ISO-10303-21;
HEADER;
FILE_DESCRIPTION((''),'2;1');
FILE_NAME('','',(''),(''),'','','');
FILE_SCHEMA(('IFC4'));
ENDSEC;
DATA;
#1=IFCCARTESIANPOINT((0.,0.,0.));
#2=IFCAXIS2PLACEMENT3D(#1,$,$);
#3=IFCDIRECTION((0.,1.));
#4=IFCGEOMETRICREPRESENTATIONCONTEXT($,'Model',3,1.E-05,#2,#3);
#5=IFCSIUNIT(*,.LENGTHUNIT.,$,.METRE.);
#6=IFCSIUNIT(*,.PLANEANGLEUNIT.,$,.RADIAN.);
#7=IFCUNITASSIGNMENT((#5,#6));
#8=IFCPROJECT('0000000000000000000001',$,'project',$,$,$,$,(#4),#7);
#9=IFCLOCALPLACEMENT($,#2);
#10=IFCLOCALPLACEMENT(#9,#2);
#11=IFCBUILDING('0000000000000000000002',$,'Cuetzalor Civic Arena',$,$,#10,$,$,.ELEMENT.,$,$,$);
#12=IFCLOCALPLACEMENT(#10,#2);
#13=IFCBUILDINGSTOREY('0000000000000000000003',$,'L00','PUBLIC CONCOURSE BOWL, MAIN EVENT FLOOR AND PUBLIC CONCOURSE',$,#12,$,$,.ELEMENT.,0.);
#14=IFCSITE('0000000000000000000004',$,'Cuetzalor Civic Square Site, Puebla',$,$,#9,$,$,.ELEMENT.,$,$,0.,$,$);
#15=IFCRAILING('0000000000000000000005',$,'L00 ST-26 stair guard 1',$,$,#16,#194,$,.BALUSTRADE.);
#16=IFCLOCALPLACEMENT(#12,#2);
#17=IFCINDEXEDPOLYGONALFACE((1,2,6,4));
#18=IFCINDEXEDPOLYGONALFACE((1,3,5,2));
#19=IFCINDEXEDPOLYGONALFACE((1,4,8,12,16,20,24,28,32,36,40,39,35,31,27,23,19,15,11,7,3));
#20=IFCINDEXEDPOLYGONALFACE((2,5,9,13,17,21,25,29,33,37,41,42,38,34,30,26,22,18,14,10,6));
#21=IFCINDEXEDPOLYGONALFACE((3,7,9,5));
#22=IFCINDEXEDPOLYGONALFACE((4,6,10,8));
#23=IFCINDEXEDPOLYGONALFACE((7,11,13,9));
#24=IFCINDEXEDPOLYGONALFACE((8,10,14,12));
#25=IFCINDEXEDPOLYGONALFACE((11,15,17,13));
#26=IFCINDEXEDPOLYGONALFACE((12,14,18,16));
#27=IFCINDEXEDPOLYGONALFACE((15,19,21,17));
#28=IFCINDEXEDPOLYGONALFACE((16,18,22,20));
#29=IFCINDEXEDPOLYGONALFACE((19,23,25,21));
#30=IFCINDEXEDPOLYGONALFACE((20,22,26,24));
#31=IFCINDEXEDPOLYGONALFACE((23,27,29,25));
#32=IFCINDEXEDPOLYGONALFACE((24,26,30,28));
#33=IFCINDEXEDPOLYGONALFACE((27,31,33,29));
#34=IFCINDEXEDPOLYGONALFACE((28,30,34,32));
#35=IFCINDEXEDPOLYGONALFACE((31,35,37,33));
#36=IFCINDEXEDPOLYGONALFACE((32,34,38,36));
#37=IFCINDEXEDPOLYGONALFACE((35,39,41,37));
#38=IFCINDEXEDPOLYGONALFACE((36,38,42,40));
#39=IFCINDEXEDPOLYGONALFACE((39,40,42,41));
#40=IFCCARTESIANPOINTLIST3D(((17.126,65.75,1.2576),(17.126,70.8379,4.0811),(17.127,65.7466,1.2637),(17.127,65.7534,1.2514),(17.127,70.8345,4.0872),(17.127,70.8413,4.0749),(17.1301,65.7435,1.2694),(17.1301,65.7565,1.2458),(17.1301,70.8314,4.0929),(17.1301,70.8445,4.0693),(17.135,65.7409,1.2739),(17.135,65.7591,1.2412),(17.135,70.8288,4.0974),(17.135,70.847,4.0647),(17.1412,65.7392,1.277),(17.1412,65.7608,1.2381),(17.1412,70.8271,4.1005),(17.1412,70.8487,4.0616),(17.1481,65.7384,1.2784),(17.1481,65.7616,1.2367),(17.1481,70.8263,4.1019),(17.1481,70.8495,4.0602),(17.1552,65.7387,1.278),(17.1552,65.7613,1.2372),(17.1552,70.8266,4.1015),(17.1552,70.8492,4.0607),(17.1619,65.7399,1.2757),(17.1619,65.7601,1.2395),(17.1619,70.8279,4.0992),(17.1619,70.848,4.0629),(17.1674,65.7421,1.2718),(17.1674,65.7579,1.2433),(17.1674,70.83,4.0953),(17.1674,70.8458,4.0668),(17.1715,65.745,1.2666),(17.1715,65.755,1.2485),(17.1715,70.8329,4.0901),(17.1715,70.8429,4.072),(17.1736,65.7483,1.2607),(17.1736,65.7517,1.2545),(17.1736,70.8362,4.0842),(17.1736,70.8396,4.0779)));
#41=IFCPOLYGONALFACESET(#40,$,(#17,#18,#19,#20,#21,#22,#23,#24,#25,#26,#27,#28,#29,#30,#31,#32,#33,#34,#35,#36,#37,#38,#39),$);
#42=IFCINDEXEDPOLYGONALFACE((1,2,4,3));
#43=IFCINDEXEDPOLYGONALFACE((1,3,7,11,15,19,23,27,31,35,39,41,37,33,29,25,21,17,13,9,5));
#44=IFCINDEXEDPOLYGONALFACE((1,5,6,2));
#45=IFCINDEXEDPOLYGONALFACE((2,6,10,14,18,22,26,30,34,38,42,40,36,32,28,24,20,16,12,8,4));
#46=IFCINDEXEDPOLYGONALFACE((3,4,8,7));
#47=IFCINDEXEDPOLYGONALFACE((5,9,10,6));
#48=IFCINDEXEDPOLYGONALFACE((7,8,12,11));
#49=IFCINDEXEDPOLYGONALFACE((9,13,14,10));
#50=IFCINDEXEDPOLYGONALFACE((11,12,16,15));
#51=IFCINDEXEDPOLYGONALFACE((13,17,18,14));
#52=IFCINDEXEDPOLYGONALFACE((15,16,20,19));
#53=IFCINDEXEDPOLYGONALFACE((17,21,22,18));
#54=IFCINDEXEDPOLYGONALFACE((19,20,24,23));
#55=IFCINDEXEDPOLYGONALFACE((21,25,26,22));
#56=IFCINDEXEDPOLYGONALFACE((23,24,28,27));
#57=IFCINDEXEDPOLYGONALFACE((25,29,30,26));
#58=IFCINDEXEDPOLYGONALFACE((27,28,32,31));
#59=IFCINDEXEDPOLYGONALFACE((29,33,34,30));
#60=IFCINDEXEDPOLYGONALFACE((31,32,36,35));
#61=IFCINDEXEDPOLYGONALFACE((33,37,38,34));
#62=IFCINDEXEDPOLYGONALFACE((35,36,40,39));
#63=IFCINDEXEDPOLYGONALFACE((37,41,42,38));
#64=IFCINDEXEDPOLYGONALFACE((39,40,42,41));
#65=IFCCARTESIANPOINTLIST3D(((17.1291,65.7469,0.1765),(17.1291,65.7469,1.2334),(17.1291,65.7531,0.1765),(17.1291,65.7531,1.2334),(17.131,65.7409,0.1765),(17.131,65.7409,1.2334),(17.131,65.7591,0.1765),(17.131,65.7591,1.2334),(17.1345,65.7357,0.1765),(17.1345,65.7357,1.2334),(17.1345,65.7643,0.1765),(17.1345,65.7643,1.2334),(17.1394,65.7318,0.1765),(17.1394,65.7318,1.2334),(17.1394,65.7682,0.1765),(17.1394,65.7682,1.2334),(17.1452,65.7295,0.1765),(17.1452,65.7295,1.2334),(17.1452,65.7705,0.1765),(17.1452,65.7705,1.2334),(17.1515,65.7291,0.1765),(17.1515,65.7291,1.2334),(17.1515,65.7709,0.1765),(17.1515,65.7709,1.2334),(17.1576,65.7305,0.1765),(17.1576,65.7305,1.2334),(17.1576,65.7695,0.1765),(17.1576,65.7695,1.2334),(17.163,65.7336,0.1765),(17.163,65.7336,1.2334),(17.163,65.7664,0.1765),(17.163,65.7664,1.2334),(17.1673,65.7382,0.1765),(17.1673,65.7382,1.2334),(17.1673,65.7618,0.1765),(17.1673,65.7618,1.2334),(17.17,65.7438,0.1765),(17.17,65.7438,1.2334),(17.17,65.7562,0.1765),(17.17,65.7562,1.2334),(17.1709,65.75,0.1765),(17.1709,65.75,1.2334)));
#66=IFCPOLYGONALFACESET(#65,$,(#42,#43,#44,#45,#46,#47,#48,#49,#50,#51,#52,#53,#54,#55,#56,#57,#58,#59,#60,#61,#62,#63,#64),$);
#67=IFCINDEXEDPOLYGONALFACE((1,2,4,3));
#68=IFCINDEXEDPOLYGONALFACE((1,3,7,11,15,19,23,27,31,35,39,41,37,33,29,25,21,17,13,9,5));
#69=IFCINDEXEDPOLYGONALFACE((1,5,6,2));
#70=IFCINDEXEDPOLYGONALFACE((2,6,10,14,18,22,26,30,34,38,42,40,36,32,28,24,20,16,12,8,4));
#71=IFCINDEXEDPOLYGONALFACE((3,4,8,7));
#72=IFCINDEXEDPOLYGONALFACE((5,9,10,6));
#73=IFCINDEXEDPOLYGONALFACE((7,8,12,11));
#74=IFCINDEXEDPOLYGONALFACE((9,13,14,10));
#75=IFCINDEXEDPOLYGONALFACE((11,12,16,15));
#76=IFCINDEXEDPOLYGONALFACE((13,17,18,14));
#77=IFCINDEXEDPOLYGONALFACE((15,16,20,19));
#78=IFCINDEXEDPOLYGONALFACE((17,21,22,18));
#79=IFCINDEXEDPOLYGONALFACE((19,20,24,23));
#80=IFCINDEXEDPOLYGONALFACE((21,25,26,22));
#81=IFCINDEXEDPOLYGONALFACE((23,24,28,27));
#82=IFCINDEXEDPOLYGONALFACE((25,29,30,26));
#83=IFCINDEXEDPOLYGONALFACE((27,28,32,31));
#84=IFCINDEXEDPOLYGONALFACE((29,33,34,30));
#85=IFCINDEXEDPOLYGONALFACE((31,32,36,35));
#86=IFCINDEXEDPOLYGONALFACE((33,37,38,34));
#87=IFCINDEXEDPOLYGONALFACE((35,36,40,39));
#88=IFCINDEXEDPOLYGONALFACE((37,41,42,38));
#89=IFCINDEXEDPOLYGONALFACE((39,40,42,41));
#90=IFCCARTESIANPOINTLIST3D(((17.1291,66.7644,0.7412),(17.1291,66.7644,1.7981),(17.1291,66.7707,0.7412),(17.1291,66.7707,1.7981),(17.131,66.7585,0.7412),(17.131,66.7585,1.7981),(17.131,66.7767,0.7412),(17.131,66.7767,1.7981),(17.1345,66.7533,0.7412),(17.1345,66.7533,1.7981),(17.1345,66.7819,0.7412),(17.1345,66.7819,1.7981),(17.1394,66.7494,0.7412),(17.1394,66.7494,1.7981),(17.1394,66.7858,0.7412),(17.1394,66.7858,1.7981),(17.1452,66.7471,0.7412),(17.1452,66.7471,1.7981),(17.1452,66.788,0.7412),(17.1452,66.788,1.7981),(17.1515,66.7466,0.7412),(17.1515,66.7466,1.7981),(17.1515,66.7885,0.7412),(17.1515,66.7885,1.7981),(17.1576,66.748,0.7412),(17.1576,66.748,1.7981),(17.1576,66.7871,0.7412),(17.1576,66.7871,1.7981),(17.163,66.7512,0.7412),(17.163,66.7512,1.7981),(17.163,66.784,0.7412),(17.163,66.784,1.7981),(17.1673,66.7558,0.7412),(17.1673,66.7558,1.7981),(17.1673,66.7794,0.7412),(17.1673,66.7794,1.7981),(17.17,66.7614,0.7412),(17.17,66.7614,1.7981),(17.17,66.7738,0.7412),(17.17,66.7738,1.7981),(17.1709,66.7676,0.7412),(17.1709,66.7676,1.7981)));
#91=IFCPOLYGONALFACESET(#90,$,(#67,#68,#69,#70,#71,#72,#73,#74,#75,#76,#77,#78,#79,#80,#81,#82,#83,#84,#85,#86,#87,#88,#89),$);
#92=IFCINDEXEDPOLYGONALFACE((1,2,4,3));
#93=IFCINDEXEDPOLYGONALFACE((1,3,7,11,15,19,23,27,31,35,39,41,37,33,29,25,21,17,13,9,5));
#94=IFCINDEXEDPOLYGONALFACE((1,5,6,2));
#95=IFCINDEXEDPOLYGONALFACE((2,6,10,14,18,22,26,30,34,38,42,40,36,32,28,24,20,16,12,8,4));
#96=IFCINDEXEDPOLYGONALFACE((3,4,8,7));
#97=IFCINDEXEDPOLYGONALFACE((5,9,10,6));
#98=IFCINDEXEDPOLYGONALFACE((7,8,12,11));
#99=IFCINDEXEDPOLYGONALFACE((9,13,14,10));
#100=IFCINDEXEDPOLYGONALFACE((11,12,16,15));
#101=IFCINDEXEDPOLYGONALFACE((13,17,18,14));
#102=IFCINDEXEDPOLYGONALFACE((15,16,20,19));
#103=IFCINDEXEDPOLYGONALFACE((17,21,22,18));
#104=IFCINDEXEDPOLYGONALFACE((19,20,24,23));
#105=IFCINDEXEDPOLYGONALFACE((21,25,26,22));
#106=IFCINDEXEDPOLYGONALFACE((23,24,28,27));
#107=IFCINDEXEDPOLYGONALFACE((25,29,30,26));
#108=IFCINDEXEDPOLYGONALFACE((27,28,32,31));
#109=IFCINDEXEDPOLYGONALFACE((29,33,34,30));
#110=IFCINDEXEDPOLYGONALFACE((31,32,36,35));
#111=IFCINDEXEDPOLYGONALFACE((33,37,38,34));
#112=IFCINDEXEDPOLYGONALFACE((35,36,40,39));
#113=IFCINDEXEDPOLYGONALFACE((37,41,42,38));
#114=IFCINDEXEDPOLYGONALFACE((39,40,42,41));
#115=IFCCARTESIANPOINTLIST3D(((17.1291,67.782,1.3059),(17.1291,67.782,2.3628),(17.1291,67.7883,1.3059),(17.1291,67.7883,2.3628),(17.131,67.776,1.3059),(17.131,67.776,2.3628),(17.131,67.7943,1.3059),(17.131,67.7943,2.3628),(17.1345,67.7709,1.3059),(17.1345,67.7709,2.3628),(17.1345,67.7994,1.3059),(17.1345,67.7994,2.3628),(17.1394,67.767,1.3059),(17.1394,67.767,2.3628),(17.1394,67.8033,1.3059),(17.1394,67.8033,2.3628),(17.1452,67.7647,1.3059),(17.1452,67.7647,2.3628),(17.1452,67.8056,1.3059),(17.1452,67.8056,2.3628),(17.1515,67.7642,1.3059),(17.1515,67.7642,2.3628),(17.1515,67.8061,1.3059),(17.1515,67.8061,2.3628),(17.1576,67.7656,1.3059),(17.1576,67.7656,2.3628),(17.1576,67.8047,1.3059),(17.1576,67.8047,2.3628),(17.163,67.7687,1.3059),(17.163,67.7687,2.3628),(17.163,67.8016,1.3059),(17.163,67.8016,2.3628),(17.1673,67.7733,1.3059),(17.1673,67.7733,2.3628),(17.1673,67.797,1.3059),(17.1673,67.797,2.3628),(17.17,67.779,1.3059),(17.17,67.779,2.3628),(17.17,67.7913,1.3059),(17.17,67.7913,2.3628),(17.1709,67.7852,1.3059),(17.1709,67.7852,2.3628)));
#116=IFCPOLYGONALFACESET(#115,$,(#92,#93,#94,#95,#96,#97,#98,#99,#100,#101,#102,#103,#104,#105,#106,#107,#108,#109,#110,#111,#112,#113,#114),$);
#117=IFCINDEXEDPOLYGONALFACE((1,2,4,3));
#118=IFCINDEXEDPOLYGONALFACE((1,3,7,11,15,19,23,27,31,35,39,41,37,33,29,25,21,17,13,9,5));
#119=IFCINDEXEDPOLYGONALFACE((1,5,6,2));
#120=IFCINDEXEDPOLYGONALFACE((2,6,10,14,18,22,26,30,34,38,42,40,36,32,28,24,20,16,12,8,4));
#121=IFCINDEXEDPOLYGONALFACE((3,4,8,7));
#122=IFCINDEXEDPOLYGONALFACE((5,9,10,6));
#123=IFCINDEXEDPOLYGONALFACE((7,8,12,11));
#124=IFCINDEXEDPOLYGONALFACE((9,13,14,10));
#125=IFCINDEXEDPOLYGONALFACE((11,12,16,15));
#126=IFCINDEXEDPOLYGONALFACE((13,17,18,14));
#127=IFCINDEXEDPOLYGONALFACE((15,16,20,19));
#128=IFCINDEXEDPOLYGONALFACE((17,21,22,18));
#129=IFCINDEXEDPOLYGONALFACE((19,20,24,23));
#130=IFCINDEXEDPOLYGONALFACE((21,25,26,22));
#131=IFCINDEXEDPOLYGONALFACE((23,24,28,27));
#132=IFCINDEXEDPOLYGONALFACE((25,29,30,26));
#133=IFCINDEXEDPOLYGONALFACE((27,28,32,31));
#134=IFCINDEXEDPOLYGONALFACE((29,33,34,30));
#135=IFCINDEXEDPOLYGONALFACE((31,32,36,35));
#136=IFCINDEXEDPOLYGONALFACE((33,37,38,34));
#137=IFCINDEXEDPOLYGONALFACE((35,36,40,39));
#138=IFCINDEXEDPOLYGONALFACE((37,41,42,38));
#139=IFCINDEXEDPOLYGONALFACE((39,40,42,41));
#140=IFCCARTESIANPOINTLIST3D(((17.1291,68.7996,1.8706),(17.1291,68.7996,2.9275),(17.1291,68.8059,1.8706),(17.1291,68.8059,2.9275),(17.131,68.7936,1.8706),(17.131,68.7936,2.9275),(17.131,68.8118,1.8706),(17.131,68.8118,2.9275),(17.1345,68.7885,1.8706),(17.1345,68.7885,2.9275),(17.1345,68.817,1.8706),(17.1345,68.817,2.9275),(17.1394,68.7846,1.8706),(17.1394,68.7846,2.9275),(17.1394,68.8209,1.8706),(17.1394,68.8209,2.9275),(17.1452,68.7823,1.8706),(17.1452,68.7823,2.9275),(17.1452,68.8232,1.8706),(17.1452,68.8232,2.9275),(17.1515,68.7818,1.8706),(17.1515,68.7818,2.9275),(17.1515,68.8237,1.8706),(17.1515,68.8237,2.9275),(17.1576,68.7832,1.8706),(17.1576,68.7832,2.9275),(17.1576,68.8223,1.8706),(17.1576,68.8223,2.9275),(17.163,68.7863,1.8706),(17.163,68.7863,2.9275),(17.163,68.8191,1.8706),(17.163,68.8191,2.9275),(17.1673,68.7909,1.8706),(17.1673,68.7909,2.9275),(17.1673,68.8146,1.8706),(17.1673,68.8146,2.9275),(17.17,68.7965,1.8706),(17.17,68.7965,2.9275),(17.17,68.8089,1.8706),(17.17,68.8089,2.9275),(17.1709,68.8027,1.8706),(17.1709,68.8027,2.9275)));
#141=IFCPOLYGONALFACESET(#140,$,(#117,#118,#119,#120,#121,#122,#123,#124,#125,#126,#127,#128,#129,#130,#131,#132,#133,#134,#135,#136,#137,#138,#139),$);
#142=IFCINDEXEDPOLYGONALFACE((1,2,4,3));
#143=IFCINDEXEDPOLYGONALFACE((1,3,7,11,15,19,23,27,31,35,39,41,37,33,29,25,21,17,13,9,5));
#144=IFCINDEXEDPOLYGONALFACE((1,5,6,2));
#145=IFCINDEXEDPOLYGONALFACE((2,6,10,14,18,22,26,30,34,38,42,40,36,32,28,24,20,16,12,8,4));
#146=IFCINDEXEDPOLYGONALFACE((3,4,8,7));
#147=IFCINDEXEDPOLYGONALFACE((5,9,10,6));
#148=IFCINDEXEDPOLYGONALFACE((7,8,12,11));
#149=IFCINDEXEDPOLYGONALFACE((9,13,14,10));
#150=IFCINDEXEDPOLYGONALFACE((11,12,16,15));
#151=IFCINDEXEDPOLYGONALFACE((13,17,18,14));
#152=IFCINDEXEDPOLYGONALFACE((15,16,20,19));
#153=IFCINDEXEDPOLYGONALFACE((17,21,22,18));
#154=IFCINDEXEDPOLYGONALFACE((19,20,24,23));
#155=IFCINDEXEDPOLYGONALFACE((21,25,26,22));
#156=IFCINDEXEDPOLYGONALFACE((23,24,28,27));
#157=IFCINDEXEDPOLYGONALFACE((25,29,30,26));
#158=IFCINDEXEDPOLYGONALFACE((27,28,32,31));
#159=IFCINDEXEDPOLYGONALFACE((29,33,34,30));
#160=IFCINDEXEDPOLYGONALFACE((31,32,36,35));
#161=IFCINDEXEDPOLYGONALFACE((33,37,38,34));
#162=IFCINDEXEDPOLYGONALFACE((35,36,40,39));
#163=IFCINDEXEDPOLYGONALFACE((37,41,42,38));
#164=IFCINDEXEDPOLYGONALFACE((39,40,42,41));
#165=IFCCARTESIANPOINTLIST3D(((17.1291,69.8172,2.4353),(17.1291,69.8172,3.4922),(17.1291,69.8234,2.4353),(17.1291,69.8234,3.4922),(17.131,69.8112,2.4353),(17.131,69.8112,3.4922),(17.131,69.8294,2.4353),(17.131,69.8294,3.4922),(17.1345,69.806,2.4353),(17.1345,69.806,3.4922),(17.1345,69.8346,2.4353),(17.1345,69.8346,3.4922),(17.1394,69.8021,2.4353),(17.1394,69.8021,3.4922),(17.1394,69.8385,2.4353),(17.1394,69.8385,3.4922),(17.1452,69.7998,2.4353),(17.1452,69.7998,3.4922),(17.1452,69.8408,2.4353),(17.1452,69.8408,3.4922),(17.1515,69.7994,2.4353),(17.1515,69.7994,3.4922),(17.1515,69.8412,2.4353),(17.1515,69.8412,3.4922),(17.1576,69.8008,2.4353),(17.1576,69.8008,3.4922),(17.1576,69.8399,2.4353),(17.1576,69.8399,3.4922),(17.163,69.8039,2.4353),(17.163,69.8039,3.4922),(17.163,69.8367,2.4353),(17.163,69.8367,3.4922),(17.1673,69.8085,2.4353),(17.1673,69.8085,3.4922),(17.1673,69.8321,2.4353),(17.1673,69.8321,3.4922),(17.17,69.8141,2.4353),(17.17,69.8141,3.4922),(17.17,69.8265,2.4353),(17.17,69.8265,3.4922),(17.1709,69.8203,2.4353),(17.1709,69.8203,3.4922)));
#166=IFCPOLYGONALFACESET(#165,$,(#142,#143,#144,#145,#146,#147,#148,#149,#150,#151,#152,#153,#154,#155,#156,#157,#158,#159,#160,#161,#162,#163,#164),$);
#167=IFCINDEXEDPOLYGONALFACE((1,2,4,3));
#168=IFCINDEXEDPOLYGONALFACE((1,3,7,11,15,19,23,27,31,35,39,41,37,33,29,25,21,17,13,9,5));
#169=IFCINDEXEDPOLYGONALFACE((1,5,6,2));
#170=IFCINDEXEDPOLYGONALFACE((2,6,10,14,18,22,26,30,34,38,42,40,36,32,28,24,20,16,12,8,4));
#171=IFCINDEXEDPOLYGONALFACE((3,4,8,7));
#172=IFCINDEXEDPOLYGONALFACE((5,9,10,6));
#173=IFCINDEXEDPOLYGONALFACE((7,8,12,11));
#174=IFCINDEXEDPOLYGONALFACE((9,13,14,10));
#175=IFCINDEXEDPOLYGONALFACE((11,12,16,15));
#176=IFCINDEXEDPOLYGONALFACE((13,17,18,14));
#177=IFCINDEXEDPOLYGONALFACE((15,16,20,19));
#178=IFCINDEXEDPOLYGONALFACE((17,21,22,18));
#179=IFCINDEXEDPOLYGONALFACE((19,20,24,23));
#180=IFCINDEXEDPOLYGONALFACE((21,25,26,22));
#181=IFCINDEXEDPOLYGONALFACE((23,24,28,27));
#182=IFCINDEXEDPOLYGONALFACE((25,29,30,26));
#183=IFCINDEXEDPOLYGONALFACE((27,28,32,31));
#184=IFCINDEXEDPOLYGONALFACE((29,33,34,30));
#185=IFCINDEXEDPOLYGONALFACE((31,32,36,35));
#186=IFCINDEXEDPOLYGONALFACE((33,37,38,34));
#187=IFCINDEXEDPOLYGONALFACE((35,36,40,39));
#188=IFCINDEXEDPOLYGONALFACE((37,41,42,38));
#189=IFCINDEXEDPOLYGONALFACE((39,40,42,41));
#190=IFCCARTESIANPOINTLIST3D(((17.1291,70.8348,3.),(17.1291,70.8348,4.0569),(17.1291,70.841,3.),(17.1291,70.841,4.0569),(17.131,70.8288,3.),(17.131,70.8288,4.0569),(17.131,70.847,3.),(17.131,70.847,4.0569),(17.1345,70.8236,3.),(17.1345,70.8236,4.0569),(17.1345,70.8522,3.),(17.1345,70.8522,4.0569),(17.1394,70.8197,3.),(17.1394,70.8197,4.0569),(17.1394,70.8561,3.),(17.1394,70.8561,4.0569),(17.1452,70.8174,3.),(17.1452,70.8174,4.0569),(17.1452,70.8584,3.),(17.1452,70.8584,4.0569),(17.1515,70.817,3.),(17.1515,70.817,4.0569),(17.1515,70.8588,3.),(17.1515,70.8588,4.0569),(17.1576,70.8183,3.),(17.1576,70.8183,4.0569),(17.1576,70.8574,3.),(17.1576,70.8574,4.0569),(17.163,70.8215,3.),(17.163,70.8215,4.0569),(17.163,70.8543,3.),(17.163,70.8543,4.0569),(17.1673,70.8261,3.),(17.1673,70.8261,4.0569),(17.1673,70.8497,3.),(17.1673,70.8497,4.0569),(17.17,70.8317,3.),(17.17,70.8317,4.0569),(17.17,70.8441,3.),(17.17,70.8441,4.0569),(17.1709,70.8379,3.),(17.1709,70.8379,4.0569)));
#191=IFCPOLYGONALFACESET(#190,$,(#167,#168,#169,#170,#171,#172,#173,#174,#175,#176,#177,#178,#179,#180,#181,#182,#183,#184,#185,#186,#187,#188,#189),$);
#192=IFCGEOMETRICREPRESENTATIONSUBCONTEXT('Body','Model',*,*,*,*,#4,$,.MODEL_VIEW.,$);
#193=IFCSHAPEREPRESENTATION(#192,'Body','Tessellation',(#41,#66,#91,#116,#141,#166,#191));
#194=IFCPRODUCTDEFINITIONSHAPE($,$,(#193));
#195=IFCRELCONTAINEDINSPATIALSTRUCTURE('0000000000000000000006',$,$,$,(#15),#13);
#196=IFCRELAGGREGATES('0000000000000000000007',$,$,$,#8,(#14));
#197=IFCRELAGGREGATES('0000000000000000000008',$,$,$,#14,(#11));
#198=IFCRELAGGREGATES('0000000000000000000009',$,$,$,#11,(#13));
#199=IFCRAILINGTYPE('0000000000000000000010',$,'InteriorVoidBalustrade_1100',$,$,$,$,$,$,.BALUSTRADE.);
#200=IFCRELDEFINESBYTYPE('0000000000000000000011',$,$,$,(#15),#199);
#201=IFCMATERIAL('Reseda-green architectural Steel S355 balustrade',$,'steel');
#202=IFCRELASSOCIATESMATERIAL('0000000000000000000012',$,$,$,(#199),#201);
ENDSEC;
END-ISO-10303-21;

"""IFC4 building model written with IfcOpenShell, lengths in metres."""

from ifc_helpers import new_model, si_unit, direction, frame, origin, origin_2d, place, context, subcontext, project, spatial, circle, extrude, material, type_object, element, save


model = new_model("IFC4")

# Units and contexts
model_context = context("Model", 3, precision=1e-05, world=origin(), true_north=direction((0.0, 1.0)))
body_context = subcontext(model_context, "Body", "Model", "MODEL_VIEW")
ifc_project = project(units=[si_unit("LENGTHUNIT", "METRE"), si_unit("PLANEANGLEUNIT", "RADIAN")], contexts=[model_context])

# Site, building, storey
site_placement = place(None, origin())
site = spatial("IfcSite", under=ifc_project, at=site_placement, Name="Cuetzalor Civic Square Site, Puebla", CompositionType="ELEMENT", RefElevation=0.0)
building_placement = place(site_placement, origin())
building = spatial("IfcBuilding", under=site, at=building_placement, Name="Cuetzalor Civic Arena", CompositionType="ELEMENT")
storey_placement = place(building_placement, origin())
storey = spatial("IfcBuildingStorey", under=building, at=storey_placement, Name="L00", Description="PUBLIC CONCOURSE BOWL, MAIN EVENT FLOOR AND PUBLIC CONCOURSE", CompositionType="ELEMENT", Elevation=0.0)

# Railing
ifc_material_1 = material(Name="Reseda-green architectural Steel S355 balustrade", Category="steel")
railing_type_1 = type_object("IfcRailingType", Name="InteriorVoidBalustrade_1100", PredefinedType="BALUSTRADE", material=ifc_material_1)
railing_1_placement = place(storey_placement, frame((17.1499, 65.75, 0.1765)))
element("IfcRailing", 1, at=railing_1_placement, inside=storey, type_object=railing_type_1, Name="L00 ST-26 stair guard 1", PredefinedType="BALUSTRADE", context=body_context, shape_type="SweptSolid", body=[
    extrude(circle(Radius=0.0239, at=origin_2d()), frame((0.0, 0.0, 1.0811), z_axis=(0.0, 0.874385, 0.485233), x_axis=(-1.0, 0.0, 0.0)), (0.0, 0.0, 1.0), 5.8188),
    extrude(circle(Radius=0.021, at=origin_2d()), origin(), (0.0, 0.0, 1.0), 1.0569),
    extrude(circle(Radius=0.021, at=origin_2d()), frame((0.0, 1.0176, 0.5647)), (0.0, 0.0, 1.0), 1.0569),
    extrude(circle(Radius=0.021, at=origin_2d()), frame((0.0, 2.0352, 1.1294)), (0.0, 0.0, 1.0), 1.0569),
    extrude(circle(Radius=0.021, at=origin_2d()), frame((0.0, 3.0527, 1.6941)), (0.0, 0.0, 1.0), 1.0569),
    extrude(circle(Radius=0.021, at=origin_2d()), frame((0.0, 4.0703, 2.2588)), (0.0, 0.0, 1.0), 1.0569),
    extrude(circle(Radius=0.021, at=origin_2d()), frame((0.0, 5.0879, 2.8235)), (0.0, 0.0, 1.0), 1.0569),
])

save(model, "model.ifc")
